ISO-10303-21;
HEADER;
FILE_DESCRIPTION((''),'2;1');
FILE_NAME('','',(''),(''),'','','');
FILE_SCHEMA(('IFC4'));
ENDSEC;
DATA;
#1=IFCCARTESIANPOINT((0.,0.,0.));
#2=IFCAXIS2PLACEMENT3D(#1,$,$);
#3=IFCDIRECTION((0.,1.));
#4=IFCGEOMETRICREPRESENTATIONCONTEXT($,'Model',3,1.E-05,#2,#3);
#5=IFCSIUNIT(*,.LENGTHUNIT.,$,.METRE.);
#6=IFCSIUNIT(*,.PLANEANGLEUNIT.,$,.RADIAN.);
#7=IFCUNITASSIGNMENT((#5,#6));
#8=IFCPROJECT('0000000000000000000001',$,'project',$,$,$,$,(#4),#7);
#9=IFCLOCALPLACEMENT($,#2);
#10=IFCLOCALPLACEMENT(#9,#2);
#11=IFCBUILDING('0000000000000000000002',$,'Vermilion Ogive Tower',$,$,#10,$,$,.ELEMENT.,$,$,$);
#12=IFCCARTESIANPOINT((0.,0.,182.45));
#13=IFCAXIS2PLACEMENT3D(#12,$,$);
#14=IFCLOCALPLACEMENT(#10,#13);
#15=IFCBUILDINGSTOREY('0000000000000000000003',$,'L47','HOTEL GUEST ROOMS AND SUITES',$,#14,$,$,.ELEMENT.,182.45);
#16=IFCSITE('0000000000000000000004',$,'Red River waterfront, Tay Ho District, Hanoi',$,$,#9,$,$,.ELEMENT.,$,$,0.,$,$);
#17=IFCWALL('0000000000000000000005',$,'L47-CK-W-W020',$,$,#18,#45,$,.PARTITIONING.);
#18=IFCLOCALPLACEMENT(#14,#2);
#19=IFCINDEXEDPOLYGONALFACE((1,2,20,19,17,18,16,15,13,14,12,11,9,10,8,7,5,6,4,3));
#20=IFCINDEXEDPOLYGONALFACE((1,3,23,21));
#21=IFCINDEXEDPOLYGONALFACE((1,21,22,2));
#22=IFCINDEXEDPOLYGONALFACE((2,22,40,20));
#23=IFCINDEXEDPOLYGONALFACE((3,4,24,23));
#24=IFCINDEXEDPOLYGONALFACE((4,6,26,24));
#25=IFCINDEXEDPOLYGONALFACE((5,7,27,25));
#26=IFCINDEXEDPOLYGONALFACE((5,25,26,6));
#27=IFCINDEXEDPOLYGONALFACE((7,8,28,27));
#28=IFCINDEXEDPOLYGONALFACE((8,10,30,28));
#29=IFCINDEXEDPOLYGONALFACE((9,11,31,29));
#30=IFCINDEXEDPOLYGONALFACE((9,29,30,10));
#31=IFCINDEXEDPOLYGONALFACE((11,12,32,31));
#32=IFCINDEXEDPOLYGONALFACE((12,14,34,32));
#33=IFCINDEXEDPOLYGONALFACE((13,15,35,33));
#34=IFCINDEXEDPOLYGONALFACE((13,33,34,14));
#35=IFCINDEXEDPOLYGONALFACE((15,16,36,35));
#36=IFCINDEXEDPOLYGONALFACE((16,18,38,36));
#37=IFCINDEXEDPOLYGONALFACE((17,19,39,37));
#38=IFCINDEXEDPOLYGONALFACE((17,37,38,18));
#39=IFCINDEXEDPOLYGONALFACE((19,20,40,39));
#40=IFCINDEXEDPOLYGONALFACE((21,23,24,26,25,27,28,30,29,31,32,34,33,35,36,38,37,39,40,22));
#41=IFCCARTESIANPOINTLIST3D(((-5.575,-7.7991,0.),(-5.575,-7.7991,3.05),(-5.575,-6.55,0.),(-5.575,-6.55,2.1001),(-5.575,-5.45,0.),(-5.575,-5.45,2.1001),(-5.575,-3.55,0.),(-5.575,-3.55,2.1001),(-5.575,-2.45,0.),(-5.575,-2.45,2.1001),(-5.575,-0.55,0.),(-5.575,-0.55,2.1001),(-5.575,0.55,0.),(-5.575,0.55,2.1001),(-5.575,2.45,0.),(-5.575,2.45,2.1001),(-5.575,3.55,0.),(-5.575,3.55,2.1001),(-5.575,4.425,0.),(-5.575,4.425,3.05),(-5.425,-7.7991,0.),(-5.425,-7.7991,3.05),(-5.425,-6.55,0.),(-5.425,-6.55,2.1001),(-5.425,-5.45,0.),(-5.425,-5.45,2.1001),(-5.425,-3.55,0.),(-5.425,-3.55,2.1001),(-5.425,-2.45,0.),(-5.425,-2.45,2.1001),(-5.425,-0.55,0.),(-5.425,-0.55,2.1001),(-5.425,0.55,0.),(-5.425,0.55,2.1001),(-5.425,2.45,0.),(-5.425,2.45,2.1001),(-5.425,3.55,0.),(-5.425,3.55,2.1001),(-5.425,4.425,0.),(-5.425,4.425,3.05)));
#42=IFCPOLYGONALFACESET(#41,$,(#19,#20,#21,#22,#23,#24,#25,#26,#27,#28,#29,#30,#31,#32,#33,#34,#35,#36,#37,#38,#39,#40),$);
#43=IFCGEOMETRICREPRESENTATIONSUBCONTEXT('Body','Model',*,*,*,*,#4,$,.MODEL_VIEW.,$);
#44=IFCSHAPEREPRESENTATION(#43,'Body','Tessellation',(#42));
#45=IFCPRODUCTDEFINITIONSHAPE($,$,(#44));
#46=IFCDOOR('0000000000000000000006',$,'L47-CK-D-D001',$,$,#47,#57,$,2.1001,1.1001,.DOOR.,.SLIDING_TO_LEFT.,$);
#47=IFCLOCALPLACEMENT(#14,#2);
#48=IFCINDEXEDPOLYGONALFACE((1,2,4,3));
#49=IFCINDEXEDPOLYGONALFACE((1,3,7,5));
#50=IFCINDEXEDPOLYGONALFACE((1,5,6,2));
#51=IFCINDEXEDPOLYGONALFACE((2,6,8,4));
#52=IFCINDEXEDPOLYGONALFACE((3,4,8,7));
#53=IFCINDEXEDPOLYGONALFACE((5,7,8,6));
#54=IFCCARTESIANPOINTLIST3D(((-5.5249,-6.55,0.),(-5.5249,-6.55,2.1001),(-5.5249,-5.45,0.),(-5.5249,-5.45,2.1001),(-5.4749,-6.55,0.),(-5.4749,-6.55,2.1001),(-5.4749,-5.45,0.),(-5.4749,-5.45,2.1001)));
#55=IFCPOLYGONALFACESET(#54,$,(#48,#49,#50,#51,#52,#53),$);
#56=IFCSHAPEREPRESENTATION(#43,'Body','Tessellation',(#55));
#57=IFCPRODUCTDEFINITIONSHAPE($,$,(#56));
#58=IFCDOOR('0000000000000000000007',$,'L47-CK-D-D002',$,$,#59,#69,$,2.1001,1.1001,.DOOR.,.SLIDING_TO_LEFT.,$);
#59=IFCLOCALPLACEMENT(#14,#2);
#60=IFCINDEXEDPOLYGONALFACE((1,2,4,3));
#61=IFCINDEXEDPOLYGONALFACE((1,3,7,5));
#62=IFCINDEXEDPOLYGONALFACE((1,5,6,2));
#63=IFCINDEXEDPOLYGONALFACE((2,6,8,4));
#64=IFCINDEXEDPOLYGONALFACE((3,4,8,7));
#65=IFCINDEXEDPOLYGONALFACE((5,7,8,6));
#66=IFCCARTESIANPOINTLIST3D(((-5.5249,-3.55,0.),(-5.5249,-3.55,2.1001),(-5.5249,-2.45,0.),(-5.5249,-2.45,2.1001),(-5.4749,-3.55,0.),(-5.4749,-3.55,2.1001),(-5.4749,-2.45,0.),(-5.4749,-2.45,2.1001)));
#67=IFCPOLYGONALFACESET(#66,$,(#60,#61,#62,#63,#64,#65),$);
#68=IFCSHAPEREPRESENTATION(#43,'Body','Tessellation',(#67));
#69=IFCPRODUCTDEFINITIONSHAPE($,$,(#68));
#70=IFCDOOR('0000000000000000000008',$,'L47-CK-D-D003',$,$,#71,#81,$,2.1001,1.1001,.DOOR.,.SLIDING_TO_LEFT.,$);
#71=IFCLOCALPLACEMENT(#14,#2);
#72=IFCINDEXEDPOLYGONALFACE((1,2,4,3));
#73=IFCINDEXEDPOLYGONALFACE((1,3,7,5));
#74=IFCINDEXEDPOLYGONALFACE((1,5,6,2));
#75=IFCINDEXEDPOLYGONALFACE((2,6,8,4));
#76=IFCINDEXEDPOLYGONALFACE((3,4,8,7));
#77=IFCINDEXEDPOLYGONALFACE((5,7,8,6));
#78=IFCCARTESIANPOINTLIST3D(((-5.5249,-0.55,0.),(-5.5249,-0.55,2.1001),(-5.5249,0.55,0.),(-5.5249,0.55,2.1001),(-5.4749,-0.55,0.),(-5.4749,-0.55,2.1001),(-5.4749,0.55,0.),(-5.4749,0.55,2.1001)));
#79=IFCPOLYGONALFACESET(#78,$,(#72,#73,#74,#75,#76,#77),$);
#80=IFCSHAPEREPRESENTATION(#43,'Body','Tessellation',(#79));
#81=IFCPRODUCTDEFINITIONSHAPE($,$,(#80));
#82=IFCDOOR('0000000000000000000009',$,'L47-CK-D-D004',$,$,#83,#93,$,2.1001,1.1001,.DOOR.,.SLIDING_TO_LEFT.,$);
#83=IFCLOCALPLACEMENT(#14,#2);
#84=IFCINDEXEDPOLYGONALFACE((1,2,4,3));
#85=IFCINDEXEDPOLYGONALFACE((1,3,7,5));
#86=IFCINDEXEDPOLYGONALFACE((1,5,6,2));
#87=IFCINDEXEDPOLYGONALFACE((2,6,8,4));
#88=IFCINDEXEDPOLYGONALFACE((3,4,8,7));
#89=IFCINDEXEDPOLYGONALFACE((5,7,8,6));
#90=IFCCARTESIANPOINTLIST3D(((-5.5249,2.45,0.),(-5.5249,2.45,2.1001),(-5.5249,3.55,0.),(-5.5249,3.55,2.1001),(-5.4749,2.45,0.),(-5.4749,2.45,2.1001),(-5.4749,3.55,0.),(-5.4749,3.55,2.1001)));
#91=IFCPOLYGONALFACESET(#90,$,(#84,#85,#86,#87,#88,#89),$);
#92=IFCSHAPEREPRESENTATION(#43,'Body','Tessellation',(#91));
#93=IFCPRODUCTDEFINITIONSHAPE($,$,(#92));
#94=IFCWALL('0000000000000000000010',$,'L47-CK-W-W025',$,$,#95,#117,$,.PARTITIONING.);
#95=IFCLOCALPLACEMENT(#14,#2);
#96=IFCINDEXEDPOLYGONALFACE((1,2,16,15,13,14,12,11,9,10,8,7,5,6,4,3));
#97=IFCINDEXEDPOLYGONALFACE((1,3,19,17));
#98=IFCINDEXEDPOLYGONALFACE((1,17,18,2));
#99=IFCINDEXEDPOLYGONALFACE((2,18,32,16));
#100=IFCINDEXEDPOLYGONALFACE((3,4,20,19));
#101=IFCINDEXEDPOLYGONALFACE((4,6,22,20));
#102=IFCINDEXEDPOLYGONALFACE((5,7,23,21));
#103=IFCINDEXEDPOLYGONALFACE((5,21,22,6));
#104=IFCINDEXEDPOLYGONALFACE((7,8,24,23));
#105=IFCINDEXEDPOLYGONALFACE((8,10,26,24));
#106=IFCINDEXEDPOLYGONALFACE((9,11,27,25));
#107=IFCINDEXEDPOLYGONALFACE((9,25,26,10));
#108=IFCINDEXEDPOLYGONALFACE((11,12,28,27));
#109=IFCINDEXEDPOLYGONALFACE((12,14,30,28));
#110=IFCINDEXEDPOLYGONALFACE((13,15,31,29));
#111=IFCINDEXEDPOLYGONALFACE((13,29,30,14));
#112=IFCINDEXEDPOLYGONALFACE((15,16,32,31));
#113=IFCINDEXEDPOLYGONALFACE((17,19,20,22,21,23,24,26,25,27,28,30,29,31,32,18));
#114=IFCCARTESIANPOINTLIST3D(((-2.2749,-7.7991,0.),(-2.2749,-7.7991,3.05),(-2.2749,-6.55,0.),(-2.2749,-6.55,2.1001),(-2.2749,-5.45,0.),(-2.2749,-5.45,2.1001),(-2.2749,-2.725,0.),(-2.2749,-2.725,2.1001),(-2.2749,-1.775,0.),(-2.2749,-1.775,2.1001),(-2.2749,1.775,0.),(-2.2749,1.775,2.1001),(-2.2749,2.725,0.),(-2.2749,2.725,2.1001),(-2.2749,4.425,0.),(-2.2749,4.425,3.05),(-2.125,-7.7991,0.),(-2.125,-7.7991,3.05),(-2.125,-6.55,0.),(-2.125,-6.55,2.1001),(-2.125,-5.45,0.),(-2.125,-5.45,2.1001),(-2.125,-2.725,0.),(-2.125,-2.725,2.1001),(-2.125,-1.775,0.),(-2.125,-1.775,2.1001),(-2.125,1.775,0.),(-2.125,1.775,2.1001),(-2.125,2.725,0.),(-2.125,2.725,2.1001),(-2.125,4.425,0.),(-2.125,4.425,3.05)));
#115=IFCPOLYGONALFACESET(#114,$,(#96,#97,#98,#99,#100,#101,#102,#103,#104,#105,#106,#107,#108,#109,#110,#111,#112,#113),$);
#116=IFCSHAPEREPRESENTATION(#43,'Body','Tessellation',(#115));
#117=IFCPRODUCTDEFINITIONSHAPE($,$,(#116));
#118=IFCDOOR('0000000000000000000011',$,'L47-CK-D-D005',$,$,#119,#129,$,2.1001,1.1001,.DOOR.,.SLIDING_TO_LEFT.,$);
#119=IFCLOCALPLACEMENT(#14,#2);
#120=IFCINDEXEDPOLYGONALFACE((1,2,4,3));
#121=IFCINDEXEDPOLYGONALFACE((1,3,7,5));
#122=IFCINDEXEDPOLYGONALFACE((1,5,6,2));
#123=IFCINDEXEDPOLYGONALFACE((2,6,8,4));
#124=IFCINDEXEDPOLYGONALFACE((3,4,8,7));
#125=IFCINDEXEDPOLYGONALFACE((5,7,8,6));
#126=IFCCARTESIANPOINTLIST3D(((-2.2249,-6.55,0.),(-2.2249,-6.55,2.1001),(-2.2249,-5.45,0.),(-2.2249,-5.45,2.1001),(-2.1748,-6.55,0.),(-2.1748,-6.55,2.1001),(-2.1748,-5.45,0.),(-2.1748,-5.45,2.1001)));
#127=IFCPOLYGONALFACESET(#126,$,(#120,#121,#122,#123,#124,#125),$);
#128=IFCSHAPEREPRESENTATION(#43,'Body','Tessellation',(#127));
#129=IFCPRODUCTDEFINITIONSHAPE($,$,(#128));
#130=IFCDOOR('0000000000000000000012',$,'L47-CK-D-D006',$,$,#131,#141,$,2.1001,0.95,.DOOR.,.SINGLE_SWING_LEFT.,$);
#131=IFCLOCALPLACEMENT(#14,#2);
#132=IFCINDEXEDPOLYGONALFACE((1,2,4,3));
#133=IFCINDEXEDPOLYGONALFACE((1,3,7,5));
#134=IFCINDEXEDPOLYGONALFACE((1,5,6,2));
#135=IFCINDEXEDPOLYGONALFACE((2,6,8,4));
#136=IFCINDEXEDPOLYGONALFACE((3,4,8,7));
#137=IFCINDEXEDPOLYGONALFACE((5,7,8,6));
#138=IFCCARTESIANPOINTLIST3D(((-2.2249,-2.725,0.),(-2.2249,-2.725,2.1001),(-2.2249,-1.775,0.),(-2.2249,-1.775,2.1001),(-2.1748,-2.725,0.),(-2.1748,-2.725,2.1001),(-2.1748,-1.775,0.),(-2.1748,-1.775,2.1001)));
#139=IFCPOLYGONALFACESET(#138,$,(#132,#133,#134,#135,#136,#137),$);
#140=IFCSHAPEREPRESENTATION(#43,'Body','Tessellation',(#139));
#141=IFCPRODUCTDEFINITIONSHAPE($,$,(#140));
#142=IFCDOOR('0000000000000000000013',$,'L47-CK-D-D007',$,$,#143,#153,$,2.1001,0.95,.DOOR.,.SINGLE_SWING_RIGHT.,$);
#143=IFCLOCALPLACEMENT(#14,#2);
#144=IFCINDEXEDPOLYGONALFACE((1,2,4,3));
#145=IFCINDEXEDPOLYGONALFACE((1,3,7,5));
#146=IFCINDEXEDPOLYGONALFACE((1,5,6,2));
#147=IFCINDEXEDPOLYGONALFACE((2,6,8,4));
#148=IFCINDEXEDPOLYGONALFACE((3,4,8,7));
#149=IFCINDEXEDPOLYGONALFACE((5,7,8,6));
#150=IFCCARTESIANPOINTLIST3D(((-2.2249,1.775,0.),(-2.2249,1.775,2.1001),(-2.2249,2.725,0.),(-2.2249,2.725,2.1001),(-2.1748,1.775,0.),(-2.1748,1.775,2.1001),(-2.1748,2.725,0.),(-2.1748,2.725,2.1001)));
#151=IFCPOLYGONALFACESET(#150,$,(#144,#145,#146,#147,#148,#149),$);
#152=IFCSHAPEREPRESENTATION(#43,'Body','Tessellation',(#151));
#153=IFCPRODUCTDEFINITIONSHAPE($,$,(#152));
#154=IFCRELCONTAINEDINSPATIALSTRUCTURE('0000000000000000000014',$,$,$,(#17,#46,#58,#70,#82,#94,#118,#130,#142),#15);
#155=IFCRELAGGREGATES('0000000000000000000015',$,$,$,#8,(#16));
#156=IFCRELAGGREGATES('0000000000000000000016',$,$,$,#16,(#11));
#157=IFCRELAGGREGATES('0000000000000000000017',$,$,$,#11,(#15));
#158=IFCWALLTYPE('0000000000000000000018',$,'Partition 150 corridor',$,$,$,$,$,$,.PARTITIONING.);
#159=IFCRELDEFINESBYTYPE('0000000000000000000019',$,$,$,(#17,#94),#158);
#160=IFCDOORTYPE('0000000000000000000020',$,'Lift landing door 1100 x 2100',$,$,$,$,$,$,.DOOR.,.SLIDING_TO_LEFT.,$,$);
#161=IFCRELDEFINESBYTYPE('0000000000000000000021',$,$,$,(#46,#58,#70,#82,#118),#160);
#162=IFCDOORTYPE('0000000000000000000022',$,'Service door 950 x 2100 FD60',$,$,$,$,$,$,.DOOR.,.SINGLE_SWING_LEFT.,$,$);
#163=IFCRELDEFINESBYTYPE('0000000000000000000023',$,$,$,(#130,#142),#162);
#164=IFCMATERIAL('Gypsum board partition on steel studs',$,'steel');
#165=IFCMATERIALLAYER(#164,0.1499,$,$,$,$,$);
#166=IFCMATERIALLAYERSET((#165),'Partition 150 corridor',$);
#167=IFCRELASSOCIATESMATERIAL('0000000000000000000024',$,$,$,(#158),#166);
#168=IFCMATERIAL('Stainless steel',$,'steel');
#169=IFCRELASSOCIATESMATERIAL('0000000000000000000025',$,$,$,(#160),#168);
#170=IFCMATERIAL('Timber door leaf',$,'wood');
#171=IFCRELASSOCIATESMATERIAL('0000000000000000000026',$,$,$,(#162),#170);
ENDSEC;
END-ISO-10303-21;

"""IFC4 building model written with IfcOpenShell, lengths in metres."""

from ifc_helpers import new_model, si_unit, direction, frame, frame_2d, origin, place, context, subcontext, project, spatial, rectangle, extrude, material, layer, layer_set, type_object, element, fill, save


model = new_model("IFC4")

# Units and contexts
model_context = context("Model", 3, precision=1e-05, world=origin(), true_north=direction((0.0, 1.0)))
body_context = subcontext(model_context, "Body", "Model", "MODEL_VIEW")
ifc_project = project(units=[si_unit("LENGTHUNIT", "METRE"), si_unit("PLANEANGLEUNIT", "RADIAN")], contexts=[model_context])

# Site, building, storey
site_placement = place(None, origin())
site = spatial("IfcSite", under=ifc_project, at=site_placement, Name="Red River waterfront, Tay Ho District, Hanoi", CompositionType="ELEMENT", RefElevation=0.0)
building_placement = place(site_placement, origin())
building = spatial("IfcBuilding", under=site, at=building_placement, Name="Vermilion Ogive Tower", CompositionType="ELEMENT")
storey_placement = place(building_placement, frame((0.0, 0.0, 182.45)))
storey = spatial("IfcBuildingStorey", under=building, at=storey_placement, Name="L47", Description="HOTEL GUEST ROOMS AND SUITES", CompositionType="ELEMENT", Elevation=182.45)

# Walls, openings, doors
ifc_material_1 = material(Name="Gypsum board partition on steel studs", Category="steel")
ifc_layer_1 = layer(ifc_material_1, 0.1499)
ifc_layer_set_1 = layer_set([ifc_layer_1], Name="Partition 150 corridor")
wall_type_1 = type_object("IfcWallType", Name="Partition 150 corridor", PredefinedType="PARTITIONING", material=ifc_layer_set_1)
wall_1_placement = place(storey_placement, frame((-5.5, -7.7991, 0.0), z_axis=(0.0, 0.0, 1.0), x_axis=(0.0, 1.0, 0.0)))
wall_1 = element("IfcWall", 1, at=wall_1_placement, inside=storey, type_object=wall_type_1, Name="L47-CK-W-W020", PredefinedType="PARTITIONING", context=body_context, shape_type="SweptSolid", body=[
    extrude(rectangle(XDim=12.2241, YDim=0.1499, at=frame_2d((6.1121, 0.0))), origin(), (0.0, 0.0, 1.0), 3.05),
])
opening_1_placement = place(wall_1_placement, frame((1.249, 0.0, 0.0)))
opening_1 = element("IfcOpeningElement", 2, at=opening_1_placement, cuts=wall_1, PredefinedType="OPENING", context=body_context, shape_type="SweptSolid", body=[
    extrude(rectangle(XDim=1.1001, YDim=2.1001, at=frame_2d((0.55, 1.05))), frame((0.0, 0.085, 0.0), z_axis=(0.0, -1.0, 0.0), x_axis=(1.0, 0.0, 0.0)), (0.0, 0.0, 1.0), 0.1699),
])
opening_2_placement = place(wall_1_placement, frame((4.249, 0.0, 0.0)))
opening_2 = element("IfcOpeningElement", 3, at=opening_2_placement, cuts=wall_1, PredefinedType="OPENING", context=body_context, shape_type="SweptSolid", body=[
    extrude(rectangle(XDim=1.1001, YDim=2.1001, at=frame_2d((0.55, 1.05))), frame((0.0, 0.085, 0.0), z_axis=(0.0, -1.0, 0.0), x_axis=(1.0, 0.0, 0.0)), (0.0, 0.0, 1.0), 0.1699),
])
opening_3_placement = place(wall_1_placement, frame((7.249, 0.0, 0.0)))
opening_3 = element("IfcOpeningElement", 4, at=opening_3_placement, cuts=wall_1, PredefinedType="OPENING", context=body_context, shape_type="SweptSolid", body=[
    extrude(rectangle(XDim=1.1001, YDim=2.1001, at=frame_2d((0.55, 1.05))), frame((0.0, 0.085, 0.0), z_axis=(0.0, -1.0, 0.0), x_axis=(1.0, 0.0, 0.0)), (0.0, 0.0, 1.0), 0.1699),
])
opening_4_placement = place(wall_1_placement, frame((10.249, 0.0, 0.0)))
opening_4 = element("IfcOpeningElement", 5, at=opening_4_placement, cuts=wall_1, PredefinedType="OPENING", context=body_context, shape_type="SweptSolid", body=[
    extrude(rectangle(XDim=1.1001, YDim=2.1001, at=frame_2d((0.55, 1.05))), frame((0.0, 0.085, 0.0), z_axis=(0.0, -1.0, 0.0), x_axis=(1.0, 0.0, 0.0)), (0.0, 0.0, 1.0), 0.1699),
])
ifc_material_2 = material(Name="Stainless steel", Category="steel")
door_type_1 = type_object("IfcDoorType", Name="Lift landing door 1100 x 2100", OperationType="SLIDING_TO_LEFT", PredefinedType="DOOR", material=ifc_material_2)
door_1_placement = place(opening_1_placement, origin())
door_1 = element("IfcDoor", 6, at=door_1_placement, inside=storey, type_object=door_type_1, Name="L47-CK-D-D001", OperationType="SLIDING_TO_LEFT", OverallHeight=2.1001, OverallWidth=1.1001, PredefinedType="DOOR", context=body_context, shape_type="SweptSolid", body=[
    extrude(rectangle(XDim=1.1001, YDim=2.1001, at=frame_2d((0.55, 1.05))), frame((0.0, 0.0249, 0.0), z_axis=(0.0, -1.0, 0.0), x_axis=(1.0, 0.0, 0.0)), (0.0, 0.0, 1.0), 0.05),
])
fill(opening_1, door_1)
door_2_placement = place(opening_2_placement, origin())
door_2 = element("IfcDoor", 7, at=door_2_placement, inside=storey, type_object=door_type_1, Name="L47-CK-D-D002", OperationType="SLIDING_TO_LEFT", OverallHeight=2.1001, OverallWidth=1.1001, PredefinedType="DOOR", context=body_context, shape_type="SweptSolid", body=[
    extrude(rectangle(XDim=1.1001, YDim=2.1001, at=frame_2d((0.55, 1.05))), frame((0.0, 0.0249, 0.0), z_axis=(0.0, -1.0, 0.0), x_axis=(1.0, 0.0, 0.0)), (0.0, 0.0, 1.0), 0.05),
])
fill(opening_2, door_2)
door_3_placement = place(opening_3_placement, origin())
door_3 = element("IfcDoor", 8, at=door_3_placement, inside=storey, type_object=door_type_1, Name="L47-CK-D-D003", OperationType="SLIDING_TO_LEFT", OverallHeight=2.1001, OverallWidth=1.1001, PredefinedType="DOOR", context=body_context, shape_type="SweptSolid", body=[
    extrude(rectangle(XDim=1.1001, YDim=2.1001, at=frame_2d((0.55, 1.05))), frame((0.0, 0.0249, 0.0), z_axis=(0.0, -1.0, 0.0), x_axis=(1.0, 0.0, 0.0)), (0.0, 0.0, 1.0), 0.05),
])
fill(opening_3, door_3)
door_4_placement = place(opening_4_placement, origin())
door_4 = element("IfcDoor", 9, at=door_4_placement, inside=storey, type_object=door_type_1, Name="L47-CK-D-D004", OperationType="SLIDING_TO_LEFT", OverallHeight=2.1001, OverallWidth=1.1001, PredefinedType="DOOR", context=body_context, shape_type="SweptSolid", body=[
    extrude(rectangle(XDim=1.1001, YDim=2.1001, at=frame_2d((0.55, 1.05))), frame((0.0, 0.0249, 0.0), z_axis=(0.0, -1.0, 0.0), x_axis=(1.0, 0.0, 0.0)), (0.0, 0.0, 1.0), 0.05),
])
fill(opening_4, door_4)
wall_2_placement = place(storey_placement, frame((-2.2, -7.7991, 0.0), z_axis=(0.0, 0.0, 1.0), x_axis=(0.0, 1.0, 0.0)))
wall_2 = element("IfcWall", 10, at=wall_2_placement, inside=storey, type_object=wall_type_1, Name="L47-CK-W-W025", PredefinedType="PARTITIONING", context=body_context, shape_type="SweptSolid", body=[
    extrude(rectangle(XDim=12.2241, YDim=0.1499, at=frame_2d((6.1121, 0.0))), origin(), (0.0, 0.0, 1.0), 3.05),
])
opening_5_placement = place(wall_2_placement, frame((1.249, 0.0, 0.0)))
opening_5 = element("IfcOpeningElement", 11, at=opening_5_placement, cuts=wall_2, PredefinedType="OPENING", context=body_context, shape_type="SweptSolid", body=[
    extrude(rectangle(XDim=1.1001, YDim=2.1001, at=frame_2d((0.55, 1.05))), frame((0.0, 0.085, 0.0), z_axis=(0.0, -1.0, 0.0), x_axis=(1.0, 0.0, 0.0)), (0.0, 0.0, 1.0), 0.1699),
])
opening_6_placement = place(wall_2_placement, frame((5.074, 0.0, 0.0)))
opening_6 = element("IfcOpeningElement", 12, at=opening_6_placement, cuts=wall_2, PredefinedType="OPENING", context=body_context, shape_type="SweptSolid", body=[
    extrude(rectangle(XDim=0.95, YDim=2.1001, at=frame_2d((0.4751, 1.05))), frame((0.0, 0.085, 0.0), z_axis=(0.0, -1.0, 0.0), x_axis=(1.0, 0.0, 0.0)), (0.0, 0.0, 1.0), 0.1699),
])
opening_7_placement = place(wall_2_placement, frame((9.574, 0.0, 0.0)))
opening_7 = element("IfcOpeningElement", 13, at=opening_7_placement, cuts=wall_2, PredefinedType="OPENING", context=body_context, shape_type="SweptSolid", body=[
    extrude(rectangle(XDim=0.95, YDim=2.1001, at=frame_2d((0.4751, 1.05))), frame((0.0, 0.085, 0.0), z_axis=(0.0, -1.0, 0.0), x_axis=(1.0, 0.0, 0.0)), (0.0, 0.0, 1.0), 0.1699),
])
door_5_placement = place(opening_5_placement, origin())
door_5 = element("IfcDoor", 14, at=door_5_placement, inside=storey, type_object=door_type_1, Name="L47-CK-D-D005", OperationType="SLIDING_TO_LEFT", OverallHeight=2.1001, OverallWidth=1.1001, PredefinedType="DOOR", context=body_context, shape_type="SweptSolid", body=[
    extrude(rectangle(XDim=1.1001, YDim=2.1001, at=frame_2d((0.55, 1.05))), frame((0.0, 0.0249, 0.0), z_axis=(0.0, -1.0, 0.0), x_axis=(1.0, 0.0, 0.0)), (0.0, 0.0, 1.0), 0.05),
])
fill(opening_5, door_5)
ifc_material_3 = material(Name="Timber door leaf", Category="wood")
door_type_2 = type_object("IfcDoorType", Name="Service door 950 x 2100 FD60", OperationType="SINGLE_SWING_LEFT", PredefinedType="DOOR", material=ifc_material_3)
door_6_placement = place(opening_6_placement, origin())
door_6 = element("IfcDoor", 15, at=door_6_placement, inside=storey, type_object=door_type_2, Name="L47-CK-D-D006", OperationType="SINGLE_SWING_LEFT", OverallHeight=2.1001, OverallWidth=0.95, PredefinedType="DOOR", context=body_context, shape_type="SweptSolid", body=[
    extrude(rectangle(XDim=0.95, YDim=2.1001, at=frame_2d((0.4751, 1.05))), frame((0.0, 0.0249, 0.0), z_axis=(0.0, -1.0, 0.0), x_axis=(1.0, 0.0, 0.0)), (0.0, 0.0, 1.0), 0.05),
])
fill(opening_6, door_6)
door_7_placement = place(opening_7_placement, origin())
door_7 = element("IfcDoor", 16, at=door_7_placement, inside=storey, type_object=door_type_2, Name="L47-CK-D-D007", OperationType="SINGLE_SWING_RIGHT", OverallHeight=2.1001, OverallWidth=0.95, PredefinedType="DOOR", context=body_context, shape_type="SweptSolid", body=[
    extrude(rectangle(XDim=0.95, YDim=2.1001, at=frame_2d((0.4751, 1.05))), frame((0.0, 0.0249, 0.0), z_axis=(0.0, -1.0, 0.0), x_axis=(1.0, 0.0, 0.0)), (0.0, 0.0, 1.0), 0.05),
])
fill(opening_7, door_7)

save(model, "model.ifc")
